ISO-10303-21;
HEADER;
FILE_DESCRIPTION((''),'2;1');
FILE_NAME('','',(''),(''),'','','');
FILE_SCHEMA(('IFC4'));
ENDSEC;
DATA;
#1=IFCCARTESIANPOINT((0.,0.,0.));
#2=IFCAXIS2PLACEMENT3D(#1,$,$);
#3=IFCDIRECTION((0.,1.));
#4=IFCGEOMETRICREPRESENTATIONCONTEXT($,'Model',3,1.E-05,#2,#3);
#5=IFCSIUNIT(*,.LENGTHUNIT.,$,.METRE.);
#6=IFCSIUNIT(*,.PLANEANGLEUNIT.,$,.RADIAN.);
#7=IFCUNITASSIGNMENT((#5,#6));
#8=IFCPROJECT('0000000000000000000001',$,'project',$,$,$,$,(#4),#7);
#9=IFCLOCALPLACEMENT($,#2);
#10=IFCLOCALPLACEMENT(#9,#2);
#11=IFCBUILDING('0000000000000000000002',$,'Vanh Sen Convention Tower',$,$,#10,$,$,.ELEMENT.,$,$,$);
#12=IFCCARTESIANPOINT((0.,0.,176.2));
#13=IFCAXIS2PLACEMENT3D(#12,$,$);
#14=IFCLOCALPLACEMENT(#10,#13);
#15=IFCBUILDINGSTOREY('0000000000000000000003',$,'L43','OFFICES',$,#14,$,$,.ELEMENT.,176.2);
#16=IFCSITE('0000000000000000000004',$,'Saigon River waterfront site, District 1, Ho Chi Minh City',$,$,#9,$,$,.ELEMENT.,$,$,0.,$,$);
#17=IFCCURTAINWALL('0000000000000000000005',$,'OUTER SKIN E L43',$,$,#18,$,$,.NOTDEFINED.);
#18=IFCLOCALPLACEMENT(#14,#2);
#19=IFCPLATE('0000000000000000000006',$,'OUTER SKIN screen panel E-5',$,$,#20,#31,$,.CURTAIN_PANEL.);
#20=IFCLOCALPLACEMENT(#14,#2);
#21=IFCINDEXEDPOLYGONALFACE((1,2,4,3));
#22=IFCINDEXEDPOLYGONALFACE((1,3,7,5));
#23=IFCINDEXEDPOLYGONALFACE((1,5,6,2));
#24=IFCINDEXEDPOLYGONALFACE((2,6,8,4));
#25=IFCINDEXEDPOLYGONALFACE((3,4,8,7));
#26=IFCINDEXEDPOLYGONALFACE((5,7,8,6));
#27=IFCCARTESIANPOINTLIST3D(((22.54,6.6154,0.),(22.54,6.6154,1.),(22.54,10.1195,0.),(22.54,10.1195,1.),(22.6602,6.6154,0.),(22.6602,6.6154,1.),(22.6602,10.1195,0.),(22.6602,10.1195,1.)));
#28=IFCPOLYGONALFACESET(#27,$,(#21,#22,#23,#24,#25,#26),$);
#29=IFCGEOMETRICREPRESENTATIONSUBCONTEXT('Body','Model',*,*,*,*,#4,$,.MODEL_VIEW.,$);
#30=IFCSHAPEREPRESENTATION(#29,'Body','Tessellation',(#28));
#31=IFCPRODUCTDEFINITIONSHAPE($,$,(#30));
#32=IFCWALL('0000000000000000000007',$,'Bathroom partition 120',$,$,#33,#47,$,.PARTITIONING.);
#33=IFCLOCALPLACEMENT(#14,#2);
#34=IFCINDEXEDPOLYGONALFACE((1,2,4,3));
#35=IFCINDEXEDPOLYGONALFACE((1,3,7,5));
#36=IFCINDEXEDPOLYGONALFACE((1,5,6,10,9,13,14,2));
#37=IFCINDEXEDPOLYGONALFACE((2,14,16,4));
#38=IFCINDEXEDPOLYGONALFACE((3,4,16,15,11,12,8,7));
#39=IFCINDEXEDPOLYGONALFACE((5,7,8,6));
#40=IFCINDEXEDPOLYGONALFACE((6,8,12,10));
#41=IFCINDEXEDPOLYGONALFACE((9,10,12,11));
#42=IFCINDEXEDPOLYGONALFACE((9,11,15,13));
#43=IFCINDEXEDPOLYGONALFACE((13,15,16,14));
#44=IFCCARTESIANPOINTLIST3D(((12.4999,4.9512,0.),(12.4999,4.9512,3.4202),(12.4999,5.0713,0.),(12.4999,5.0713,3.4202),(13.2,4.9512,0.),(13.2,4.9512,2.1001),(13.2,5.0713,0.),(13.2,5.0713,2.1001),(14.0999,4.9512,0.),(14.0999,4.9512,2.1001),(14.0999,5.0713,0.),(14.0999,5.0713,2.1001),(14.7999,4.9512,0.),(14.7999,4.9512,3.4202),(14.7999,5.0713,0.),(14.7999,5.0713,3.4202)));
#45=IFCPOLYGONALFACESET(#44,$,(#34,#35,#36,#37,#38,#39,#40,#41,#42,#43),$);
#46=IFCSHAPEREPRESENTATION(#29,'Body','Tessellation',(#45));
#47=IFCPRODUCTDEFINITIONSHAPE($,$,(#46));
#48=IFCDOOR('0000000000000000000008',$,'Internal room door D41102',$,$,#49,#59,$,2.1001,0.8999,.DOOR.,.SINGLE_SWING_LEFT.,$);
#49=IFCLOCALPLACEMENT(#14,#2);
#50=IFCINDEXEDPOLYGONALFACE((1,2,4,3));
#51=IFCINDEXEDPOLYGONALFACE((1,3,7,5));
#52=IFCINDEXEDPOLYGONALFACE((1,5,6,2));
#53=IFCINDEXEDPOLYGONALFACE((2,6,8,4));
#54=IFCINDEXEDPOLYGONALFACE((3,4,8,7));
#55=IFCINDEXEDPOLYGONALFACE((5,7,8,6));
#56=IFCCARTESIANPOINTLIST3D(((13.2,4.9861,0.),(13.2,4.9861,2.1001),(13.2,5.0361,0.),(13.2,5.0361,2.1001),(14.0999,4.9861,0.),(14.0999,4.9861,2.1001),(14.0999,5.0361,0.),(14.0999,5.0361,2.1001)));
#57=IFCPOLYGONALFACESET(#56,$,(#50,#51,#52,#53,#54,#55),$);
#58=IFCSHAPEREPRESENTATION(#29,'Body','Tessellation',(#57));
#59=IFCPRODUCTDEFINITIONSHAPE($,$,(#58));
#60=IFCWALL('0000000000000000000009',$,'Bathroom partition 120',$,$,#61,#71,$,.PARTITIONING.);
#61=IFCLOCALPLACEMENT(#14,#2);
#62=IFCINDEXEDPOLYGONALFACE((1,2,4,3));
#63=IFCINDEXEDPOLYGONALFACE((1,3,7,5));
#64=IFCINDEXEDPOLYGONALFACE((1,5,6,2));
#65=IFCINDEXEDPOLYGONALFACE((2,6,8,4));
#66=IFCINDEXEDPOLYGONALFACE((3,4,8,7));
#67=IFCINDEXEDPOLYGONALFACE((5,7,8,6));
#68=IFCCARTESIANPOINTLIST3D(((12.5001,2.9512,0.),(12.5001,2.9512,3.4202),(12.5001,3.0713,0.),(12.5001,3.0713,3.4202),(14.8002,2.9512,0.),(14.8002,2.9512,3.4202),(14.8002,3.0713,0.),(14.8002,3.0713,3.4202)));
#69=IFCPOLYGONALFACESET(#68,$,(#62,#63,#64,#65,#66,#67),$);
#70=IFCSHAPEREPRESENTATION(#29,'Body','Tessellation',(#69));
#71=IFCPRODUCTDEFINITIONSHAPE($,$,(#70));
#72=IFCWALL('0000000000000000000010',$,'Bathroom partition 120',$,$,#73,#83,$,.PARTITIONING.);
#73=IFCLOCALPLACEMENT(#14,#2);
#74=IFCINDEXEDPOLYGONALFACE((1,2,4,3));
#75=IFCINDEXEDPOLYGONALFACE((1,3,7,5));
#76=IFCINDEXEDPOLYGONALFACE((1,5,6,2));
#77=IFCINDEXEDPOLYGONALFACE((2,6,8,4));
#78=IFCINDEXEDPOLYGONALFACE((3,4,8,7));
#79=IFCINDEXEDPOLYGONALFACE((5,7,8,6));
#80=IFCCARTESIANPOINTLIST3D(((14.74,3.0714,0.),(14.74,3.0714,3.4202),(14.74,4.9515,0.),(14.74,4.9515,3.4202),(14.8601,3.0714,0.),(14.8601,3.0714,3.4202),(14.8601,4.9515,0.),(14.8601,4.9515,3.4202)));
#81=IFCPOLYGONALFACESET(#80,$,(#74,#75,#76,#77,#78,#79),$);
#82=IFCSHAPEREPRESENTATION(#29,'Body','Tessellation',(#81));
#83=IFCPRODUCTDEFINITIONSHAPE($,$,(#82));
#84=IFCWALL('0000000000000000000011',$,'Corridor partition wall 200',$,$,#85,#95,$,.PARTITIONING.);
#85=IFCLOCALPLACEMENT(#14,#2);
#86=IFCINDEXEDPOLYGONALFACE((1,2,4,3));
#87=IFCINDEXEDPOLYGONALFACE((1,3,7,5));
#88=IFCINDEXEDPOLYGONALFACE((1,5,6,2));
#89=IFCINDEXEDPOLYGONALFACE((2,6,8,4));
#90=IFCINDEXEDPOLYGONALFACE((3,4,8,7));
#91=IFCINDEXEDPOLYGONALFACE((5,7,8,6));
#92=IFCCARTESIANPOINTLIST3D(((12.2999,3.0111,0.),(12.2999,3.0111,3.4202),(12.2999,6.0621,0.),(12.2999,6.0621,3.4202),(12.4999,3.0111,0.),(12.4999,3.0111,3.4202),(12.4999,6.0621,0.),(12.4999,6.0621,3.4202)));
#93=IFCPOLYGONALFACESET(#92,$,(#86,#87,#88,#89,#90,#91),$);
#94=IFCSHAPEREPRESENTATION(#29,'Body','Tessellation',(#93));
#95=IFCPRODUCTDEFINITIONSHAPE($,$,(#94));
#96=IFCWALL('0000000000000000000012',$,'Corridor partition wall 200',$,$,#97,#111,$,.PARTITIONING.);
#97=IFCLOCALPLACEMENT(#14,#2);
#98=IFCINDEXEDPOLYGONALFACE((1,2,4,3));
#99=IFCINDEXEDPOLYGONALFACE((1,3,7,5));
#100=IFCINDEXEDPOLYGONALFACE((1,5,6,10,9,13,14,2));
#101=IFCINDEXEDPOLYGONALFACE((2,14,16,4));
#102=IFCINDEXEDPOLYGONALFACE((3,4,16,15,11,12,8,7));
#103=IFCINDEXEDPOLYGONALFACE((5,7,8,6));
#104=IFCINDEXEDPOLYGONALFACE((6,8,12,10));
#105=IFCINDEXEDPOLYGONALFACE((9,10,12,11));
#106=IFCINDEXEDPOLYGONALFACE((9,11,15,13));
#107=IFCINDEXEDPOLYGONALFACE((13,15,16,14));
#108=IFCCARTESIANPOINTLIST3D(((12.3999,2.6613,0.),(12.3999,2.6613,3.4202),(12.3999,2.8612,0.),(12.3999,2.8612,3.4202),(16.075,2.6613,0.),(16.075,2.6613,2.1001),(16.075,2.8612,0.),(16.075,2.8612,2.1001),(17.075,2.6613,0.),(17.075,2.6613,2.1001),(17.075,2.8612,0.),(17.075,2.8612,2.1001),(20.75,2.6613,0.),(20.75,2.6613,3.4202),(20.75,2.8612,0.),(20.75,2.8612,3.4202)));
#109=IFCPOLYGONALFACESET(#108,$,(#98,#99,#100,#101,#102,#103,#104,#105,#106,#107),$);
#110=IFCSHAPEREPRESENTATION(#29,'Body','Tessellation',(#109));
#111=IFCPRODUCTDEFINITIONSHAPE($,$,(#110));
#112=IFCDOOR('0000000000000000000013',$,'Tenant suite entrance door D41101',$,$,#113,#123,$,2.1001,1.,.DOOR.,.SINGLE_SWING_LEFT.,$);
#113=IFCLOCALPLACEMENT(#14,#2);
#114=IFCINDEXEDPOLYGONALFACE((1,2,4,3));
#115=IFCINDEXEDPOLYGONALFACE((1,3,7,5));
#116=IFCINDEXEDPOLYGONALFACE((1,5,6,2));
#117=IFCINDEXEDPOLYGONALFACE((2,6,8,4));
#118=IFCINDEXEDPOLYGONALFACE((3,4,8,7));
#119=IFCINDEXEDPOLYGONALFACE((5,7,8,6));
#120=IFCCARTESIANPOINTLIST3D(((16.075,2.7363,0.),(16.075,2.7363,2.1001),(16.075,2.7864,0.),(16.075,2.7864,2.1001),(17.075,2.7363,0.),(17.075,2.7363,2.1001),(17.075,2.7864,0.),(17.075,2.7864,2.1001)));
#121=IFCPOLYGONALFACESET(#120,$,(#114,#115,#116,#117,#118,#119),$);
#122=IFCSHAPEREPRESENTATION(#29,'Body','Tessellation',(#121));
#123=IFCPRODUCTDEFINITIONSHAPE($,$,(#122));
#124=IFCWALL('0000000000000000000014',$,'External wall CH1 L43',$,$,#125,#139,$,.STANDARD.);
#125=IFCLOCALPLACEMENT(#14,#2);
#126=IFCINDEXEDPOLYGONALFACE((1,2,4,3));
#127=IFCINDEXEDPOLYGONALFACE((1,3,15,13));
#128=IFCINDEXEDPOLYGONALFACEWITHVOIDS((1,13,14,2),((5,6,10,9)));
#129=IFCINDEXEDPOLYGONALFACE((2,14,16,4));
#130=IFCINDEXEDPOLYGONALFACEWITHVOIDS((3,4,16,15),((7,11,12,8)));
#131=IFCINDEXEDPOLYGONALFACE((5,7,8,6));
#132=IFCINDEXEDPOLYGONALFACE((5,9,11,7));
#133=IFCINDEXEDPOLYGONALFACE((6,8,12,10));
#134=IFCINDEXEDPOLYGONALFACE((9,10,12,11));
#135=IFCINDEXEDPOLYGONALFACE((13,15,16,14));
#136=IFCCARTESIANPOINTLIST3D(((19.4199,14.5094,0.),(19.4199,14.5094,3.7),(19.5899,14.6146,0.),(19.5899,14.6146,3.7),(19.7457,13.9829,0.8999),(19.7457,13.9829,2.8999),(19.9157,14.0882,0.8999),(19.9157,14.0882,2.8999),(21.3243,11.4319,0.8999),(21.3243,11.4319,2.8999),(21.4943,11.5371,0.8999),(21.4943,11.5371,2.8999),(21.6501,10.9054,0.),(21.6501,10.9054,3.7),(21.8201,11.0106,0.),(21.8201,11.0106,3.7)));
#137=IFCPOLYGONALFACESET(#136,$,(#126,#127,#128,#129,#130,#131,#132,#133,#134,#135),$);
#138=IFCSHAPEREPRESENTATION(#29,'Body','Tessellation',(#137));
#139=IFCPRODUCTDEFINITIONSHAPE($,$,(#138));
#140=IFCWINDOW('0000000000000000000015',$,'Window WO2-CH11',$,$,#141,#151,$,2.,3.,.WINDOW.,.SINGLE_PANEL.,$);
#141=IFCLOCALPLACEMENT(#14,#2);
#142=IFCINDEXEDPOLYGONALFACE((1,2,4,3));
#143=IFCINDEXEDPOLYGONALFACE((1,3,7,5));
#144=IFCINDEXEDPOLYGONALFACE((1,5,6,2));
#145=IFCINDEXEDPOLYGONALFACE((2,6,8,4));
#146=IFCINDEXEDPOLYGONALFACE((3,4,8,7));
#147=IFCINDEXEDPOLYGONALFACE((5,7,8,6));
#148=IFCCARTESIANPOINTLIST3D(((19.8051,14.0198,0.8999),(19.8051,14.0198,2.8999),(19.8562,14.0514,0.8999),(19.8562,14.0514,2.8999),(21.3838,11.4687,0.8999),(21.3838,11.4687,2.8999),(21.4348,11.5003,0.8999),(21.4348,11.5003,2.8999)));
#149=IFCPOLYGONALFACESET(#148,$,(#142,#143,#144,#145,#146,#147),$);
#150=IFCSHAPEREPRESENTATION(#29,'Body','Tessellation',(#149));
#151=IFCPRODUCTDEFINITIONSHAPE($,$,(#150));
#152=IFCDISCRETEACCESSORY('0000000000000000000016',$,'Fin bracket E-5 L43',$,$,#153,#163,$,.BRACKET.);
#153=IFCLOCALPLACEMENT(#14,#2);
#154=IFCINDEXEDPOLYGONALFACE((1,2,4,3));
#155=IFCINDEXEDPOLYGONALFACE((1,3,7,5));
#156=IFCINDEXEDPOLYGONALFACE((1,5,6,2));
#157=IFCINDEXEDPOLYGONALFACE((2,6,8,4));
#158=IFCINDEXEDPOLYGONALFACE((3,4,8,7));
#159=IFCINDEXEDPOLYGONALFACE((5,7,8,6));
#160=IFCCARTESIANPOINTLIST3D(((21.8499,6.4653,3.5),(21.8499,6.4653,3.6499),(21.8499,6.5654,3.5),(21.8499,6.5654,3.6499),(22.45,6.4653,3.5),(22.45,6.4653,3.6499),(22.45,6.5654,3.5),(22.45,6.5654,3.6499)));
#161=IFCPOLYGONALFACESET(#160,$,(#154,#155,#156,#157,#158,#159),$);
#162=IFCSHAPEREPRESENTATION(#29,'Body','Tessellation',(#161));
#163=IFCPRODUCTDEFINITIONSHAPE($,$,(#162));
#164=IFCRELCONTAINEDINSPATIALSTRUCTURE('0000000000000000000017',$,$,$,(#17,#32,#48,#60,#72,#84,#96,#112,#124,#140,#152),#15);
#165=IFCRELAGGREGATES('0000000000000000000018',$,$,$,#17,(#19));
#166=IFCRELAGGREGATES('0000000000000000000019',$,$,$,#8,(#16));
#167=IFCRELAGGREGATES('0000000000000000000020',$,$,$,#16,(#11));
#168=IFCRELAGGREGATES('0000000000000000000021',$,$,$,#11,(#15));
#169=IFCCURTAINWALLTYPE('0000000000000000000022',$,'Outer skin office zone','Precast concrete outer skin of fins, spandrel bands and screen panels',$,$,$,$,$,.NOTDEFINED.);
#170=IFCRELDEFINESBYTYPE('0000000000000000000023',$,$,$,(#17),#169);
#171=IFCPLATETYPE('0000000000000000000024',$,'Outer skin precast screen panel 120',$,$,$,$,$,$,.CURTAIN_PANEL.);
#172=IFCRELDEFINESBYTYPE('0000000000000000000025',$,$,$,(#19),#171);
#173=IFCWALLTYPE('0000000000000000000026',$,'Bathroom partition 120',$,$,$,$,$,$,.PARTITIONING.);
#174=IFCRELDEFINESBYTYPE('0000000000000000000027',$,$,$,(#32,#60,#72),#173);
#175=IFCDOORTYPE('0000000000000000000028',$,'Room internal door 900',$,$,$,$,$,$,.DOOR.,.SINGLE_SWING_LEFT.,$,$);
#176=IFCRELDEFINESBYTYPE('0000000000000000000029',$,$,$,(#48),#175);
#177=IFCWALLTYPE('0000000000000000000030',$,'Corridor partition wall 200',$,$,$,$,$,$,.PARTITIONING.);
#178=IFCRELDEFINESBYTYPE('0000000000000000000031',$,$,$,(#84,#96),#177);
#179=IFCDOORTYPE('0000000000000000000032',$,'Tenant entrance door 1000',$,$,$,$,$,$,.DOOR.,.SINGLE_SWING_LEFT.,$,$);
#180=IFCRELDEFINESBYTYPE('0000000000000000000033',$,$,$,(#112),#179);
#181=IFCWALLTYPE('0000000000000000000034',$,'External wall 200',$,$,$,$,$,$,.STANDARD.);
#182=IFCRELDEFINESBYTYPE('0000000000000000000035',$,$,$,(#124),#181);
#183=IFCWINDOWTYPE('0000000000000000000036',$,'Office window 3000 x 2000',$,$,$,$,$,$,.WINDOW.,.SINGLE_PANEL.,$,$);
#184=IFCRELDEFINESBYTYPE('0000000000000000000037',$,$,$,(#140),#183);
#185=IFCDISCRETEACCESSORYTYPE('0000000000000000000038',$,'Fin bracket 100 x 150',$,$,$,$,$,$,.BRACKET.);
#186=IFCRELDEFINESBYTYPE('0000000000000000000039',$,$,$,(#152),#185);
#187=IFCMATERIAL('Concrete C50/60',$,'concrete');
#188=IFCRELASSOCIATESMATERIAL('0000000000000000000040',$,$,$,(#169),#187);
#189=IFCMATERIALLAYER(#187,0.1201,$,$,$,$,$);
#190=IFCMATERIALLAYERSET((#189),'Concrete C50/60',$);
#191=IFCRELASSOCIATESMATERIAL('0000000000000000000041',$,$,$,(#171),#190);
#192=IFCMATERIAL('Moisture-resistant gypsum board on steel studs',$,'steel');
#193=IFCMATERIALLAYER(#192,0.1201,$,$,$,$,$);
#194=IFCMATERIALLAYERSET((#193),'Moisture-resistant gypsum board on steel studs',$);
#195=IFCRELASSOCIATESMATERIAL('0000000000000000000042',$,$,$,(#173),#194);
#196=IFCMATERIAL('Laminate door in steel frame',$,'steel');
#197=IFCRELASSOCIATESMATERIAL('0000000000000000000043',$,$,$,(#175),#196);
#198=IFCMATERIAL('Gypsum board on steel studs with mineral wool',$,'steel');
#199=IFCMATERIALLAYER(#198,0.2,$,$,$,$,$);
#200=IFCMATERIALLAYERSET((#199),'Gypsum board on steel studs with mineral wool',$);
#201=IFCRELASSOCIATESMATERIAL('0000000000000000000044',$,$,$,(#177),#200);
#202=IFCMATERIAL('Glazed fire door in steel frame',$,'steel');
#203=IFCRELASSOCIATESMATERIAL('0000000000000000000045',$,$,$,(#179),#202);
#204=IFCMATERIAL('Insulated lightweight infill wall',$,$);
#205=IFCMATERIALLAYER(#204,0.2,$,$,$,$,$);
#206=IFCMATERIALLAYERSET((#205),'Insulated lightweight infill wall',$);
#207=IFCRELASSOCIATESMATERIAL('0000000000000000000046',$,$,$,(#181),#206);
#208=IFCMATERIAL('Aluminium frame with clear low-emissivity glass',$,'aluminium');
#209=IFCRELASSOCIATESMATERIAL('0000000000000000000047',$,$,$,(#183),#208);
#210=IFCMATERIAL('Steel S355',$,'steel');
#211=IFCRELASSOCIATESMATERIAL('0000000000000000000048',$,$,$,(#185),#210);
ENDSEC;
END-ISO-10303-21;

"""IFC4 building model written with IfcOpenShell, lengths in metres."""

from ifc_helpers import new_model, si_unit, direction, frame, frame_2d, origin, origin_2d, place, context, subcontext, project, spatial, rectangle, extrude, material, layer, layer_set, type_object, element, fill, aggregate, save


model = new_model("IFC4")

# Units and contexts
model_context = context("Model", 3, precision=1e-05, world=origin(), true_north=direction((0.0, 1.0)))
body_context = subcontext(model_context, "Body", "Model", "MODEL_VIEW")
ifc_project = project(units=[si_unit("LENGTHUNIT", "METRE"), si_unit("PLANEANGLEUNIT", "RADIAN")], contexts=[model_context])

# Site, building, storey
site_placement = place(None, origin())
site = spatial("IfcSite", under=ifc_project, at=site_placement, Name="Saigon River waterfront site, District 1, Ho Chi Minh City", CompositionType="ELEMENT", RefElevation=0.0)
building_placement = place(site_placement, origin())
building = spatial("IfcBuilding", under=site, at=building_placement, Name="Vanh Sen Convention Tower", CompositionType="ELEMENT")
storey_placement = place(building_placement, frame((0.0, 0.0, 176.2)))
storey = spatial("IfcBuildingStorey", under=building, at=storey_placement, Name="L43", Description="OFFICES", CompositionType="ELEMENT", Elevation=176.2)

# Curtain wall
ifc_material_1 = material(Name="Concrete C50/60", Category="concrete")
curtain_wall_type = type_object("IfcCurtainWallType", Name="Outer skin office zone", Description="Precast concrete outer skin of fins, spandrel bands and screen panels", PredefinedType="NOTDEFINED", material=ifc_material_1)
curtain_wall_1_placement = place(storey_placement, origin())
curtain_wall_1 = element("IfcCurtainWall", 1, at=curtain_wall_1_placement, inside=storey, type_object=curtain_wall_type, Name="OUTER SKIN E L43", PredefinedType="NOTDEFINED")

# Plate
ifc_layer_1 = layer(ifc_material_1, 0.1201)
ifc_layer_set_1 = layer_set([ifc_layer_1], Name="Concrete C50/60")
plate_type = type_object("IfcPlateType", Name="Outer skin precast screen panel 120", PredefinedType="CURTAIN_PANEL", material=ifc_layer_set_1)
plate_1_placement = place(storey_placement, frame((22.6001, 8.3674, 0.0), z_axis=(0.0, 0.0, 1.0), x_axis=(0.0, 1.0, 0.0)))
plate_1 = element("IfcPlate", 2, at=plate_1_placement, type_object=plate_type, Name="OUTER SKIN screen panel E-5", PredefinedType="CURTAIN_PANEL", context=body_context, shape_type="SweptSolid", body=[
    extrude(rectangle(XDim=3.5042, YDim=0.1201, at=origin_2d()), origin(), (0.0, 0.0, 1.0), 1.0),
])
aggregate(curtain_wall_1, [plate_1])

# Wall, opening, door
ifc_material_2 = material(Name="Moisture-resistant gypsum board on steel studs", Category="steel")
ifc_layer_2 = layer(ifc_material_2, 0.1201)
ifc_layer_set_2 = layer_set([ifc_layer_2], Name="Moisture-resistant gypsum board on steel studs")
wall_type_1 = type_object("IfcWallType", Name="Bathroom partition 120", PredefinedType="PARTITIONING", material=ifc_layer_set_2)
wall_1_placement = place(storey_placement, frame((12.5, 5.0112, 0.0), z_axis=(0.0, 0.0, 1.0), x_axis=(1.0, 0.0, 0.0)))
wall_1 = element("IfcWall", 3, at=wall_1_placement, inside=storey, type_object=wall_type_1, Name="Bathroom partition 120", PredefinedType="PARTITIONING", context=body_context, shape_type="SweptSolid", body=[
    extrude(rectangle(XDim=2.3, YDim=0.1201, at=frame_2d((1.1499, 0.0))), origin(), (0.0, 0.0, 1.0), 3.4202),
])
opening_1_placement = place(wall_1_placement, frame((0.7, 0.0, 0.0)))
opening_1 = element("IfcOpeningElement", 4, at=opening_1_placement, cuts=wall_1, PredefinedType="OPENING", context=body_context, shape_type="SweptSolid", body=[
    extrude(rectangle(XDim=0.8999, YDim=2.1001, at=frame_2d((0.45, 1.05))), frame((0.0, 0.0701, 0.0), z_axis=(0.0, -1.0, 0.0), x_axis=(1.0, 0.0, 0.0)), (0.0, 0.0, 1.0), 0.1401),
])
ifc_material_3 = material(Name="Laminate door in steel frame", Category="steel")
door_type_1 = type_object("IfcDoorType", Name="Room internal door 900", OperationType="SINGLE_SWING_LEFT", PredefinedType="DOOR", material=ifc_material_3)
door_1_placement = place(opening_1_placement, origin())
door_1 = element("IfcDoor", 5, at=door_1_placement, inside=storey, type_object=door_type_1, Name="Internal room door D41102", OperationType="SINGLE_SWING_LEFT", OverallHeight=2.1001, OverallWidth=0.8999, PredefinedType="DOOR", context=body_context, shape_type="SweptSolid", body=[
    extrude(rectangle(XDim=0.8999, YDim=2.1001, at=frame_2d((0.45, 1.05))), frame((0.0, 0.0249, 0.0), z_axis=(0.0, -1.0, 0.0), x_axis=(1.0, 0.0, 0.0)), (0.0, 0.0, 1.0), 0.05),
])
fill(opening_1, door_1)

# Walls
wall_2_placement = place(storey_placement, frame((14.8, 3.0112, 0.0), z_axis=(0.0, 0.0, 1.0), x_axis=(-1.0, 0.0, 0.0)))
element("IfcWall", 6, at=wall_2_placement, inside=storey, type_object=wall_type_1, Name="Bathroom partition 120", PredefinedType="PARTITIONING", context=body_context, shape_type="SweptSolid", body=[
    extrude(rectangle(XDim=2.3, YDim=0.1201, at=frame_2d((1.1499, 0.0))), origin(), (0.0, 0.0, 1.0), 3.4202),
])
wall_3_placement = place(storey_placement, frame((14.8, 4.9514, 0.0), z_axis=(0.0, 0.0, 1.0), x_axis=(0.0, -1.0, 0.0)))
element("IfcWall", 7, at=wall_3_placement, inside=storey, type_object=wall_type_1, Name="Bathroom partition 120", PredefinedType="PARTITIONING", context=body_context, shape_type="SweptSolid", body=[
    extrude(rectangle(XDim=1.8801, YDim=0.1201, at=frame_2d((0.9399, 0.0))), origin(), (0.0, 0.0, 1.0), 3.4202),
])
ifc_material_4 = material(Name="Gypsum board on steel studs with mineral wool", Category="steel")
ifc_layer_3 = layer(ifc_material_4, 0.2)
ifc_layer_set_3 = layer_set([ifc_layer_3], Name="Gypsum board on steel studs with mineral wool")
wall_type_2 = type_object("IfcWallType", Name="Corridor partition wall 200", PredefinedType="PARTITIONING", material=ifc_layer_set_3)
wall_4_placement = place(storey_placement, frame((12.3999, 3.0112, 0.0), z_axis=(0.0, 0.0, 1.0), x_axis=(0.0, 1.0, 0.0)))
element("IfcWall", 8, at=wall_4_placement, inside=storey, type_object=wall_type_2, Name="Corridor partition wall 200", PredefinedType="PARTITIONING", context=body_context, shape_type="SweptSolid", body=[
    extrude(rectangle(XDim=3.051, YDim=0.2, at=frame_2d((1.5254, 0.0))), origin(), (0.0, 0.0, 1.0), 3.4202),
])

# Wall, opening, door
wall_5_placement = place(storey_placement, frame((20.75, 2.7612, 0.0), z_axis=(0.0, 0.0, 1.0), x_axis=(-1.0, 0.0, 0.0)))
wall_5 = element("IfcWall", 9, at=wall_5_placement, inside=storey, type_object=wall_type_2, Name="Corridor partition wall 200", PredefinedType="PARTITIONING", context=body_context, shape_type="SweptSolid", body=[
    extrude(rectangle(XDim=8.3501, YDim=0.2, at=frame_2d((4.175, 0.0))), origin(), (0.0, 0.0, 1.0), 3.4202),
])
opening_2_placement = place(wall_5_placement, frame((3.675, 0.0, 0.0)))
opening_2 = element("IfcOpeningElement", 10, at=opening_2_placement, cuts=wall_5, PredefinedType="OPENING", context=body_context, shape_type="SweptSolid", body=[
    extrude(rectangle(XDim=1.0, YDim=2.1001, at=frame_2d((0.5, 1.05))), frame((0.0, 0.1099, 0.0), z_axis=(0.0, -1.0, 0.0), x_axis=(1.0, 0.0, 0.0)), (0.0, 0.0, 1.0), 0.22),
])
ifc_material_5 = material(Name="Glazed fire door in steel frame", Category="steel")
door_type_2 = type_object("IfcDoorType", Name="Tenant entrance door 1000", OperationType="SINGLE_SWING_LEFT", PredefinedType="DOOR", material=ifc_material_5)
door_2_placement = place(opening_2_placement, origin())
door_2 = element("IfcDoor", 11, at=door_2_placement, inside=storey, type_object=door_type_2, Name="Tenant suite entrance door D41101", OperationType="SINGLE_SWING_LEFT", OverallHeight=2.1001, OverallWidth=1.0, PredefinedType="DOOR", context=body_context, shape_type="SweptSolid", body=[
    extrude(rectangle(XDim=1.0, YDim=2.1001, at=frame_2d((0.5, 1.05))), frame((0.0, 0.0249, 0.0), z_axis=(0.0, -1.0, 0.0), x_axis=(1.0, 0.0, 0.0)), (0.0, 0.0, 1.0), 0.05),
])
fill(opening_2, door_2)

# Wall, opening, window
ifc_material_6 = material(Name="Insulated lightweight infill wall")
ifc_layer_4 = layer(ifc_material_6, 0.2)
ifc_layer_set_4 = layer_set([ifc_layer_4], Name="Insulated lightweight infill wall")
wall_type_3 = type_object("IfcWallType", Name="External wall 200", PredefinedType="STANDARD", material=ifc_layer_set_4)
wall_6_placement = place(storey_placement, frame((21.7351, 10.958, 0.0), z_axis=(0.0, 0.0, 1.0), x_axis=(-0.526214, 0.850352, 0.0)))
wall_6 = element("IfcWall", 12, at=wall_6_placement, inside=storey, type_object=wall_type_3, Name="External wall CH1 L43", PredefinedType="STANDARD", context=body_context, shape_type="SweptSolid", body=[
    extrude(rectangle(XDim=4.2383, YDim=0.2, at=frame_2d((2.1191, 0.0))), origin(), (0.0, 0.0, 1.0), 3.7),
])
opening_3_placement = place(wall_6_placement, frame((0.6191, 0.0, 0.8999)))
opening_3 = element("IfcOpeningElement", 13, at=opening_3_placement, cuts=wall_6, PredefinedType="OPENING", context=body_context, shape_type="SweptSolid", body=[
    extrude(rectangle(XDim=3.0, YDim=2.0, at=frame_2d((1.5, 1.0))), frame((0.0, 0.1099, 0.0), z_axis=(0.0, -1.0, 0.0), x_axis=(1.0, 0.0, 0.0)), (0.0, 0.0, 1.0), 0.22),
])
ifc_material_7 = material(Name="Aluminium frame with clear low-emissivity glass", Category="aluminium")
window_type = type_object("IfcWindowType", Name="Office window 3000 x 2000", PartitioningType="SINGLE_PANEL", PredefinedType="WINDOW", material=ifc_material_7)
window_placement = place(opening_3_placement, origin())
window = element("IfcWindow", 14, at=window_placement, inside=storey, type_object=window_type, Name="Window WO2-CH11", OverallHeight=2.0, OverallWidth=3.0, PartitioningType="SINGLE_PANEL", PredefinedType="WINDOW", context=body_context, shape_type="SweptSolid", body=[
    extrude(rectangle(XDim=3.0, YDim=2.0, at=frame_2d((1.5, 1.0))), frame((0.0, 0.03, 0.0), z_axis=(0.0, -1.0, 0.0), x_axis=(1.0, 0.0, 0.0)), (0.0, 0.0, 1.0), 0.0601),
])
fill(opening_3, window)

# Discrete accessory
ifc_material_8 = material(Name="Steel S355", Category="steel")
discrete_accessory_type = type_object("IfcDiscreteAccessoryType", Name="Fin bracket 100 x 150", PredefinedType="BRACKET", material=ifc_material_8)
discrete_accessory_placement = place(storey_placement, frame((22.1499, 6.5154, 3.5), z_axis=(0.0, 0.0, 1.0), x_axis=(1.0, 0.0, 0.0)))
element("IfcDiscreteAccessory", 15, at=discrete_accessory_placement, inside=storey, type_object=discrete_accessory_type, Name="Fin bracket E-5 L43", PredefinedType="BRACKET", context=body_context, shape_type="SweptSolid", body=[
    extrude(rectangle(XDim=0.6001, YDim=0.1001, at=origin_2d()), origin(), (0.0, 0.0, 1.0), 0.1499),
])

save(model, "model.ifc")
